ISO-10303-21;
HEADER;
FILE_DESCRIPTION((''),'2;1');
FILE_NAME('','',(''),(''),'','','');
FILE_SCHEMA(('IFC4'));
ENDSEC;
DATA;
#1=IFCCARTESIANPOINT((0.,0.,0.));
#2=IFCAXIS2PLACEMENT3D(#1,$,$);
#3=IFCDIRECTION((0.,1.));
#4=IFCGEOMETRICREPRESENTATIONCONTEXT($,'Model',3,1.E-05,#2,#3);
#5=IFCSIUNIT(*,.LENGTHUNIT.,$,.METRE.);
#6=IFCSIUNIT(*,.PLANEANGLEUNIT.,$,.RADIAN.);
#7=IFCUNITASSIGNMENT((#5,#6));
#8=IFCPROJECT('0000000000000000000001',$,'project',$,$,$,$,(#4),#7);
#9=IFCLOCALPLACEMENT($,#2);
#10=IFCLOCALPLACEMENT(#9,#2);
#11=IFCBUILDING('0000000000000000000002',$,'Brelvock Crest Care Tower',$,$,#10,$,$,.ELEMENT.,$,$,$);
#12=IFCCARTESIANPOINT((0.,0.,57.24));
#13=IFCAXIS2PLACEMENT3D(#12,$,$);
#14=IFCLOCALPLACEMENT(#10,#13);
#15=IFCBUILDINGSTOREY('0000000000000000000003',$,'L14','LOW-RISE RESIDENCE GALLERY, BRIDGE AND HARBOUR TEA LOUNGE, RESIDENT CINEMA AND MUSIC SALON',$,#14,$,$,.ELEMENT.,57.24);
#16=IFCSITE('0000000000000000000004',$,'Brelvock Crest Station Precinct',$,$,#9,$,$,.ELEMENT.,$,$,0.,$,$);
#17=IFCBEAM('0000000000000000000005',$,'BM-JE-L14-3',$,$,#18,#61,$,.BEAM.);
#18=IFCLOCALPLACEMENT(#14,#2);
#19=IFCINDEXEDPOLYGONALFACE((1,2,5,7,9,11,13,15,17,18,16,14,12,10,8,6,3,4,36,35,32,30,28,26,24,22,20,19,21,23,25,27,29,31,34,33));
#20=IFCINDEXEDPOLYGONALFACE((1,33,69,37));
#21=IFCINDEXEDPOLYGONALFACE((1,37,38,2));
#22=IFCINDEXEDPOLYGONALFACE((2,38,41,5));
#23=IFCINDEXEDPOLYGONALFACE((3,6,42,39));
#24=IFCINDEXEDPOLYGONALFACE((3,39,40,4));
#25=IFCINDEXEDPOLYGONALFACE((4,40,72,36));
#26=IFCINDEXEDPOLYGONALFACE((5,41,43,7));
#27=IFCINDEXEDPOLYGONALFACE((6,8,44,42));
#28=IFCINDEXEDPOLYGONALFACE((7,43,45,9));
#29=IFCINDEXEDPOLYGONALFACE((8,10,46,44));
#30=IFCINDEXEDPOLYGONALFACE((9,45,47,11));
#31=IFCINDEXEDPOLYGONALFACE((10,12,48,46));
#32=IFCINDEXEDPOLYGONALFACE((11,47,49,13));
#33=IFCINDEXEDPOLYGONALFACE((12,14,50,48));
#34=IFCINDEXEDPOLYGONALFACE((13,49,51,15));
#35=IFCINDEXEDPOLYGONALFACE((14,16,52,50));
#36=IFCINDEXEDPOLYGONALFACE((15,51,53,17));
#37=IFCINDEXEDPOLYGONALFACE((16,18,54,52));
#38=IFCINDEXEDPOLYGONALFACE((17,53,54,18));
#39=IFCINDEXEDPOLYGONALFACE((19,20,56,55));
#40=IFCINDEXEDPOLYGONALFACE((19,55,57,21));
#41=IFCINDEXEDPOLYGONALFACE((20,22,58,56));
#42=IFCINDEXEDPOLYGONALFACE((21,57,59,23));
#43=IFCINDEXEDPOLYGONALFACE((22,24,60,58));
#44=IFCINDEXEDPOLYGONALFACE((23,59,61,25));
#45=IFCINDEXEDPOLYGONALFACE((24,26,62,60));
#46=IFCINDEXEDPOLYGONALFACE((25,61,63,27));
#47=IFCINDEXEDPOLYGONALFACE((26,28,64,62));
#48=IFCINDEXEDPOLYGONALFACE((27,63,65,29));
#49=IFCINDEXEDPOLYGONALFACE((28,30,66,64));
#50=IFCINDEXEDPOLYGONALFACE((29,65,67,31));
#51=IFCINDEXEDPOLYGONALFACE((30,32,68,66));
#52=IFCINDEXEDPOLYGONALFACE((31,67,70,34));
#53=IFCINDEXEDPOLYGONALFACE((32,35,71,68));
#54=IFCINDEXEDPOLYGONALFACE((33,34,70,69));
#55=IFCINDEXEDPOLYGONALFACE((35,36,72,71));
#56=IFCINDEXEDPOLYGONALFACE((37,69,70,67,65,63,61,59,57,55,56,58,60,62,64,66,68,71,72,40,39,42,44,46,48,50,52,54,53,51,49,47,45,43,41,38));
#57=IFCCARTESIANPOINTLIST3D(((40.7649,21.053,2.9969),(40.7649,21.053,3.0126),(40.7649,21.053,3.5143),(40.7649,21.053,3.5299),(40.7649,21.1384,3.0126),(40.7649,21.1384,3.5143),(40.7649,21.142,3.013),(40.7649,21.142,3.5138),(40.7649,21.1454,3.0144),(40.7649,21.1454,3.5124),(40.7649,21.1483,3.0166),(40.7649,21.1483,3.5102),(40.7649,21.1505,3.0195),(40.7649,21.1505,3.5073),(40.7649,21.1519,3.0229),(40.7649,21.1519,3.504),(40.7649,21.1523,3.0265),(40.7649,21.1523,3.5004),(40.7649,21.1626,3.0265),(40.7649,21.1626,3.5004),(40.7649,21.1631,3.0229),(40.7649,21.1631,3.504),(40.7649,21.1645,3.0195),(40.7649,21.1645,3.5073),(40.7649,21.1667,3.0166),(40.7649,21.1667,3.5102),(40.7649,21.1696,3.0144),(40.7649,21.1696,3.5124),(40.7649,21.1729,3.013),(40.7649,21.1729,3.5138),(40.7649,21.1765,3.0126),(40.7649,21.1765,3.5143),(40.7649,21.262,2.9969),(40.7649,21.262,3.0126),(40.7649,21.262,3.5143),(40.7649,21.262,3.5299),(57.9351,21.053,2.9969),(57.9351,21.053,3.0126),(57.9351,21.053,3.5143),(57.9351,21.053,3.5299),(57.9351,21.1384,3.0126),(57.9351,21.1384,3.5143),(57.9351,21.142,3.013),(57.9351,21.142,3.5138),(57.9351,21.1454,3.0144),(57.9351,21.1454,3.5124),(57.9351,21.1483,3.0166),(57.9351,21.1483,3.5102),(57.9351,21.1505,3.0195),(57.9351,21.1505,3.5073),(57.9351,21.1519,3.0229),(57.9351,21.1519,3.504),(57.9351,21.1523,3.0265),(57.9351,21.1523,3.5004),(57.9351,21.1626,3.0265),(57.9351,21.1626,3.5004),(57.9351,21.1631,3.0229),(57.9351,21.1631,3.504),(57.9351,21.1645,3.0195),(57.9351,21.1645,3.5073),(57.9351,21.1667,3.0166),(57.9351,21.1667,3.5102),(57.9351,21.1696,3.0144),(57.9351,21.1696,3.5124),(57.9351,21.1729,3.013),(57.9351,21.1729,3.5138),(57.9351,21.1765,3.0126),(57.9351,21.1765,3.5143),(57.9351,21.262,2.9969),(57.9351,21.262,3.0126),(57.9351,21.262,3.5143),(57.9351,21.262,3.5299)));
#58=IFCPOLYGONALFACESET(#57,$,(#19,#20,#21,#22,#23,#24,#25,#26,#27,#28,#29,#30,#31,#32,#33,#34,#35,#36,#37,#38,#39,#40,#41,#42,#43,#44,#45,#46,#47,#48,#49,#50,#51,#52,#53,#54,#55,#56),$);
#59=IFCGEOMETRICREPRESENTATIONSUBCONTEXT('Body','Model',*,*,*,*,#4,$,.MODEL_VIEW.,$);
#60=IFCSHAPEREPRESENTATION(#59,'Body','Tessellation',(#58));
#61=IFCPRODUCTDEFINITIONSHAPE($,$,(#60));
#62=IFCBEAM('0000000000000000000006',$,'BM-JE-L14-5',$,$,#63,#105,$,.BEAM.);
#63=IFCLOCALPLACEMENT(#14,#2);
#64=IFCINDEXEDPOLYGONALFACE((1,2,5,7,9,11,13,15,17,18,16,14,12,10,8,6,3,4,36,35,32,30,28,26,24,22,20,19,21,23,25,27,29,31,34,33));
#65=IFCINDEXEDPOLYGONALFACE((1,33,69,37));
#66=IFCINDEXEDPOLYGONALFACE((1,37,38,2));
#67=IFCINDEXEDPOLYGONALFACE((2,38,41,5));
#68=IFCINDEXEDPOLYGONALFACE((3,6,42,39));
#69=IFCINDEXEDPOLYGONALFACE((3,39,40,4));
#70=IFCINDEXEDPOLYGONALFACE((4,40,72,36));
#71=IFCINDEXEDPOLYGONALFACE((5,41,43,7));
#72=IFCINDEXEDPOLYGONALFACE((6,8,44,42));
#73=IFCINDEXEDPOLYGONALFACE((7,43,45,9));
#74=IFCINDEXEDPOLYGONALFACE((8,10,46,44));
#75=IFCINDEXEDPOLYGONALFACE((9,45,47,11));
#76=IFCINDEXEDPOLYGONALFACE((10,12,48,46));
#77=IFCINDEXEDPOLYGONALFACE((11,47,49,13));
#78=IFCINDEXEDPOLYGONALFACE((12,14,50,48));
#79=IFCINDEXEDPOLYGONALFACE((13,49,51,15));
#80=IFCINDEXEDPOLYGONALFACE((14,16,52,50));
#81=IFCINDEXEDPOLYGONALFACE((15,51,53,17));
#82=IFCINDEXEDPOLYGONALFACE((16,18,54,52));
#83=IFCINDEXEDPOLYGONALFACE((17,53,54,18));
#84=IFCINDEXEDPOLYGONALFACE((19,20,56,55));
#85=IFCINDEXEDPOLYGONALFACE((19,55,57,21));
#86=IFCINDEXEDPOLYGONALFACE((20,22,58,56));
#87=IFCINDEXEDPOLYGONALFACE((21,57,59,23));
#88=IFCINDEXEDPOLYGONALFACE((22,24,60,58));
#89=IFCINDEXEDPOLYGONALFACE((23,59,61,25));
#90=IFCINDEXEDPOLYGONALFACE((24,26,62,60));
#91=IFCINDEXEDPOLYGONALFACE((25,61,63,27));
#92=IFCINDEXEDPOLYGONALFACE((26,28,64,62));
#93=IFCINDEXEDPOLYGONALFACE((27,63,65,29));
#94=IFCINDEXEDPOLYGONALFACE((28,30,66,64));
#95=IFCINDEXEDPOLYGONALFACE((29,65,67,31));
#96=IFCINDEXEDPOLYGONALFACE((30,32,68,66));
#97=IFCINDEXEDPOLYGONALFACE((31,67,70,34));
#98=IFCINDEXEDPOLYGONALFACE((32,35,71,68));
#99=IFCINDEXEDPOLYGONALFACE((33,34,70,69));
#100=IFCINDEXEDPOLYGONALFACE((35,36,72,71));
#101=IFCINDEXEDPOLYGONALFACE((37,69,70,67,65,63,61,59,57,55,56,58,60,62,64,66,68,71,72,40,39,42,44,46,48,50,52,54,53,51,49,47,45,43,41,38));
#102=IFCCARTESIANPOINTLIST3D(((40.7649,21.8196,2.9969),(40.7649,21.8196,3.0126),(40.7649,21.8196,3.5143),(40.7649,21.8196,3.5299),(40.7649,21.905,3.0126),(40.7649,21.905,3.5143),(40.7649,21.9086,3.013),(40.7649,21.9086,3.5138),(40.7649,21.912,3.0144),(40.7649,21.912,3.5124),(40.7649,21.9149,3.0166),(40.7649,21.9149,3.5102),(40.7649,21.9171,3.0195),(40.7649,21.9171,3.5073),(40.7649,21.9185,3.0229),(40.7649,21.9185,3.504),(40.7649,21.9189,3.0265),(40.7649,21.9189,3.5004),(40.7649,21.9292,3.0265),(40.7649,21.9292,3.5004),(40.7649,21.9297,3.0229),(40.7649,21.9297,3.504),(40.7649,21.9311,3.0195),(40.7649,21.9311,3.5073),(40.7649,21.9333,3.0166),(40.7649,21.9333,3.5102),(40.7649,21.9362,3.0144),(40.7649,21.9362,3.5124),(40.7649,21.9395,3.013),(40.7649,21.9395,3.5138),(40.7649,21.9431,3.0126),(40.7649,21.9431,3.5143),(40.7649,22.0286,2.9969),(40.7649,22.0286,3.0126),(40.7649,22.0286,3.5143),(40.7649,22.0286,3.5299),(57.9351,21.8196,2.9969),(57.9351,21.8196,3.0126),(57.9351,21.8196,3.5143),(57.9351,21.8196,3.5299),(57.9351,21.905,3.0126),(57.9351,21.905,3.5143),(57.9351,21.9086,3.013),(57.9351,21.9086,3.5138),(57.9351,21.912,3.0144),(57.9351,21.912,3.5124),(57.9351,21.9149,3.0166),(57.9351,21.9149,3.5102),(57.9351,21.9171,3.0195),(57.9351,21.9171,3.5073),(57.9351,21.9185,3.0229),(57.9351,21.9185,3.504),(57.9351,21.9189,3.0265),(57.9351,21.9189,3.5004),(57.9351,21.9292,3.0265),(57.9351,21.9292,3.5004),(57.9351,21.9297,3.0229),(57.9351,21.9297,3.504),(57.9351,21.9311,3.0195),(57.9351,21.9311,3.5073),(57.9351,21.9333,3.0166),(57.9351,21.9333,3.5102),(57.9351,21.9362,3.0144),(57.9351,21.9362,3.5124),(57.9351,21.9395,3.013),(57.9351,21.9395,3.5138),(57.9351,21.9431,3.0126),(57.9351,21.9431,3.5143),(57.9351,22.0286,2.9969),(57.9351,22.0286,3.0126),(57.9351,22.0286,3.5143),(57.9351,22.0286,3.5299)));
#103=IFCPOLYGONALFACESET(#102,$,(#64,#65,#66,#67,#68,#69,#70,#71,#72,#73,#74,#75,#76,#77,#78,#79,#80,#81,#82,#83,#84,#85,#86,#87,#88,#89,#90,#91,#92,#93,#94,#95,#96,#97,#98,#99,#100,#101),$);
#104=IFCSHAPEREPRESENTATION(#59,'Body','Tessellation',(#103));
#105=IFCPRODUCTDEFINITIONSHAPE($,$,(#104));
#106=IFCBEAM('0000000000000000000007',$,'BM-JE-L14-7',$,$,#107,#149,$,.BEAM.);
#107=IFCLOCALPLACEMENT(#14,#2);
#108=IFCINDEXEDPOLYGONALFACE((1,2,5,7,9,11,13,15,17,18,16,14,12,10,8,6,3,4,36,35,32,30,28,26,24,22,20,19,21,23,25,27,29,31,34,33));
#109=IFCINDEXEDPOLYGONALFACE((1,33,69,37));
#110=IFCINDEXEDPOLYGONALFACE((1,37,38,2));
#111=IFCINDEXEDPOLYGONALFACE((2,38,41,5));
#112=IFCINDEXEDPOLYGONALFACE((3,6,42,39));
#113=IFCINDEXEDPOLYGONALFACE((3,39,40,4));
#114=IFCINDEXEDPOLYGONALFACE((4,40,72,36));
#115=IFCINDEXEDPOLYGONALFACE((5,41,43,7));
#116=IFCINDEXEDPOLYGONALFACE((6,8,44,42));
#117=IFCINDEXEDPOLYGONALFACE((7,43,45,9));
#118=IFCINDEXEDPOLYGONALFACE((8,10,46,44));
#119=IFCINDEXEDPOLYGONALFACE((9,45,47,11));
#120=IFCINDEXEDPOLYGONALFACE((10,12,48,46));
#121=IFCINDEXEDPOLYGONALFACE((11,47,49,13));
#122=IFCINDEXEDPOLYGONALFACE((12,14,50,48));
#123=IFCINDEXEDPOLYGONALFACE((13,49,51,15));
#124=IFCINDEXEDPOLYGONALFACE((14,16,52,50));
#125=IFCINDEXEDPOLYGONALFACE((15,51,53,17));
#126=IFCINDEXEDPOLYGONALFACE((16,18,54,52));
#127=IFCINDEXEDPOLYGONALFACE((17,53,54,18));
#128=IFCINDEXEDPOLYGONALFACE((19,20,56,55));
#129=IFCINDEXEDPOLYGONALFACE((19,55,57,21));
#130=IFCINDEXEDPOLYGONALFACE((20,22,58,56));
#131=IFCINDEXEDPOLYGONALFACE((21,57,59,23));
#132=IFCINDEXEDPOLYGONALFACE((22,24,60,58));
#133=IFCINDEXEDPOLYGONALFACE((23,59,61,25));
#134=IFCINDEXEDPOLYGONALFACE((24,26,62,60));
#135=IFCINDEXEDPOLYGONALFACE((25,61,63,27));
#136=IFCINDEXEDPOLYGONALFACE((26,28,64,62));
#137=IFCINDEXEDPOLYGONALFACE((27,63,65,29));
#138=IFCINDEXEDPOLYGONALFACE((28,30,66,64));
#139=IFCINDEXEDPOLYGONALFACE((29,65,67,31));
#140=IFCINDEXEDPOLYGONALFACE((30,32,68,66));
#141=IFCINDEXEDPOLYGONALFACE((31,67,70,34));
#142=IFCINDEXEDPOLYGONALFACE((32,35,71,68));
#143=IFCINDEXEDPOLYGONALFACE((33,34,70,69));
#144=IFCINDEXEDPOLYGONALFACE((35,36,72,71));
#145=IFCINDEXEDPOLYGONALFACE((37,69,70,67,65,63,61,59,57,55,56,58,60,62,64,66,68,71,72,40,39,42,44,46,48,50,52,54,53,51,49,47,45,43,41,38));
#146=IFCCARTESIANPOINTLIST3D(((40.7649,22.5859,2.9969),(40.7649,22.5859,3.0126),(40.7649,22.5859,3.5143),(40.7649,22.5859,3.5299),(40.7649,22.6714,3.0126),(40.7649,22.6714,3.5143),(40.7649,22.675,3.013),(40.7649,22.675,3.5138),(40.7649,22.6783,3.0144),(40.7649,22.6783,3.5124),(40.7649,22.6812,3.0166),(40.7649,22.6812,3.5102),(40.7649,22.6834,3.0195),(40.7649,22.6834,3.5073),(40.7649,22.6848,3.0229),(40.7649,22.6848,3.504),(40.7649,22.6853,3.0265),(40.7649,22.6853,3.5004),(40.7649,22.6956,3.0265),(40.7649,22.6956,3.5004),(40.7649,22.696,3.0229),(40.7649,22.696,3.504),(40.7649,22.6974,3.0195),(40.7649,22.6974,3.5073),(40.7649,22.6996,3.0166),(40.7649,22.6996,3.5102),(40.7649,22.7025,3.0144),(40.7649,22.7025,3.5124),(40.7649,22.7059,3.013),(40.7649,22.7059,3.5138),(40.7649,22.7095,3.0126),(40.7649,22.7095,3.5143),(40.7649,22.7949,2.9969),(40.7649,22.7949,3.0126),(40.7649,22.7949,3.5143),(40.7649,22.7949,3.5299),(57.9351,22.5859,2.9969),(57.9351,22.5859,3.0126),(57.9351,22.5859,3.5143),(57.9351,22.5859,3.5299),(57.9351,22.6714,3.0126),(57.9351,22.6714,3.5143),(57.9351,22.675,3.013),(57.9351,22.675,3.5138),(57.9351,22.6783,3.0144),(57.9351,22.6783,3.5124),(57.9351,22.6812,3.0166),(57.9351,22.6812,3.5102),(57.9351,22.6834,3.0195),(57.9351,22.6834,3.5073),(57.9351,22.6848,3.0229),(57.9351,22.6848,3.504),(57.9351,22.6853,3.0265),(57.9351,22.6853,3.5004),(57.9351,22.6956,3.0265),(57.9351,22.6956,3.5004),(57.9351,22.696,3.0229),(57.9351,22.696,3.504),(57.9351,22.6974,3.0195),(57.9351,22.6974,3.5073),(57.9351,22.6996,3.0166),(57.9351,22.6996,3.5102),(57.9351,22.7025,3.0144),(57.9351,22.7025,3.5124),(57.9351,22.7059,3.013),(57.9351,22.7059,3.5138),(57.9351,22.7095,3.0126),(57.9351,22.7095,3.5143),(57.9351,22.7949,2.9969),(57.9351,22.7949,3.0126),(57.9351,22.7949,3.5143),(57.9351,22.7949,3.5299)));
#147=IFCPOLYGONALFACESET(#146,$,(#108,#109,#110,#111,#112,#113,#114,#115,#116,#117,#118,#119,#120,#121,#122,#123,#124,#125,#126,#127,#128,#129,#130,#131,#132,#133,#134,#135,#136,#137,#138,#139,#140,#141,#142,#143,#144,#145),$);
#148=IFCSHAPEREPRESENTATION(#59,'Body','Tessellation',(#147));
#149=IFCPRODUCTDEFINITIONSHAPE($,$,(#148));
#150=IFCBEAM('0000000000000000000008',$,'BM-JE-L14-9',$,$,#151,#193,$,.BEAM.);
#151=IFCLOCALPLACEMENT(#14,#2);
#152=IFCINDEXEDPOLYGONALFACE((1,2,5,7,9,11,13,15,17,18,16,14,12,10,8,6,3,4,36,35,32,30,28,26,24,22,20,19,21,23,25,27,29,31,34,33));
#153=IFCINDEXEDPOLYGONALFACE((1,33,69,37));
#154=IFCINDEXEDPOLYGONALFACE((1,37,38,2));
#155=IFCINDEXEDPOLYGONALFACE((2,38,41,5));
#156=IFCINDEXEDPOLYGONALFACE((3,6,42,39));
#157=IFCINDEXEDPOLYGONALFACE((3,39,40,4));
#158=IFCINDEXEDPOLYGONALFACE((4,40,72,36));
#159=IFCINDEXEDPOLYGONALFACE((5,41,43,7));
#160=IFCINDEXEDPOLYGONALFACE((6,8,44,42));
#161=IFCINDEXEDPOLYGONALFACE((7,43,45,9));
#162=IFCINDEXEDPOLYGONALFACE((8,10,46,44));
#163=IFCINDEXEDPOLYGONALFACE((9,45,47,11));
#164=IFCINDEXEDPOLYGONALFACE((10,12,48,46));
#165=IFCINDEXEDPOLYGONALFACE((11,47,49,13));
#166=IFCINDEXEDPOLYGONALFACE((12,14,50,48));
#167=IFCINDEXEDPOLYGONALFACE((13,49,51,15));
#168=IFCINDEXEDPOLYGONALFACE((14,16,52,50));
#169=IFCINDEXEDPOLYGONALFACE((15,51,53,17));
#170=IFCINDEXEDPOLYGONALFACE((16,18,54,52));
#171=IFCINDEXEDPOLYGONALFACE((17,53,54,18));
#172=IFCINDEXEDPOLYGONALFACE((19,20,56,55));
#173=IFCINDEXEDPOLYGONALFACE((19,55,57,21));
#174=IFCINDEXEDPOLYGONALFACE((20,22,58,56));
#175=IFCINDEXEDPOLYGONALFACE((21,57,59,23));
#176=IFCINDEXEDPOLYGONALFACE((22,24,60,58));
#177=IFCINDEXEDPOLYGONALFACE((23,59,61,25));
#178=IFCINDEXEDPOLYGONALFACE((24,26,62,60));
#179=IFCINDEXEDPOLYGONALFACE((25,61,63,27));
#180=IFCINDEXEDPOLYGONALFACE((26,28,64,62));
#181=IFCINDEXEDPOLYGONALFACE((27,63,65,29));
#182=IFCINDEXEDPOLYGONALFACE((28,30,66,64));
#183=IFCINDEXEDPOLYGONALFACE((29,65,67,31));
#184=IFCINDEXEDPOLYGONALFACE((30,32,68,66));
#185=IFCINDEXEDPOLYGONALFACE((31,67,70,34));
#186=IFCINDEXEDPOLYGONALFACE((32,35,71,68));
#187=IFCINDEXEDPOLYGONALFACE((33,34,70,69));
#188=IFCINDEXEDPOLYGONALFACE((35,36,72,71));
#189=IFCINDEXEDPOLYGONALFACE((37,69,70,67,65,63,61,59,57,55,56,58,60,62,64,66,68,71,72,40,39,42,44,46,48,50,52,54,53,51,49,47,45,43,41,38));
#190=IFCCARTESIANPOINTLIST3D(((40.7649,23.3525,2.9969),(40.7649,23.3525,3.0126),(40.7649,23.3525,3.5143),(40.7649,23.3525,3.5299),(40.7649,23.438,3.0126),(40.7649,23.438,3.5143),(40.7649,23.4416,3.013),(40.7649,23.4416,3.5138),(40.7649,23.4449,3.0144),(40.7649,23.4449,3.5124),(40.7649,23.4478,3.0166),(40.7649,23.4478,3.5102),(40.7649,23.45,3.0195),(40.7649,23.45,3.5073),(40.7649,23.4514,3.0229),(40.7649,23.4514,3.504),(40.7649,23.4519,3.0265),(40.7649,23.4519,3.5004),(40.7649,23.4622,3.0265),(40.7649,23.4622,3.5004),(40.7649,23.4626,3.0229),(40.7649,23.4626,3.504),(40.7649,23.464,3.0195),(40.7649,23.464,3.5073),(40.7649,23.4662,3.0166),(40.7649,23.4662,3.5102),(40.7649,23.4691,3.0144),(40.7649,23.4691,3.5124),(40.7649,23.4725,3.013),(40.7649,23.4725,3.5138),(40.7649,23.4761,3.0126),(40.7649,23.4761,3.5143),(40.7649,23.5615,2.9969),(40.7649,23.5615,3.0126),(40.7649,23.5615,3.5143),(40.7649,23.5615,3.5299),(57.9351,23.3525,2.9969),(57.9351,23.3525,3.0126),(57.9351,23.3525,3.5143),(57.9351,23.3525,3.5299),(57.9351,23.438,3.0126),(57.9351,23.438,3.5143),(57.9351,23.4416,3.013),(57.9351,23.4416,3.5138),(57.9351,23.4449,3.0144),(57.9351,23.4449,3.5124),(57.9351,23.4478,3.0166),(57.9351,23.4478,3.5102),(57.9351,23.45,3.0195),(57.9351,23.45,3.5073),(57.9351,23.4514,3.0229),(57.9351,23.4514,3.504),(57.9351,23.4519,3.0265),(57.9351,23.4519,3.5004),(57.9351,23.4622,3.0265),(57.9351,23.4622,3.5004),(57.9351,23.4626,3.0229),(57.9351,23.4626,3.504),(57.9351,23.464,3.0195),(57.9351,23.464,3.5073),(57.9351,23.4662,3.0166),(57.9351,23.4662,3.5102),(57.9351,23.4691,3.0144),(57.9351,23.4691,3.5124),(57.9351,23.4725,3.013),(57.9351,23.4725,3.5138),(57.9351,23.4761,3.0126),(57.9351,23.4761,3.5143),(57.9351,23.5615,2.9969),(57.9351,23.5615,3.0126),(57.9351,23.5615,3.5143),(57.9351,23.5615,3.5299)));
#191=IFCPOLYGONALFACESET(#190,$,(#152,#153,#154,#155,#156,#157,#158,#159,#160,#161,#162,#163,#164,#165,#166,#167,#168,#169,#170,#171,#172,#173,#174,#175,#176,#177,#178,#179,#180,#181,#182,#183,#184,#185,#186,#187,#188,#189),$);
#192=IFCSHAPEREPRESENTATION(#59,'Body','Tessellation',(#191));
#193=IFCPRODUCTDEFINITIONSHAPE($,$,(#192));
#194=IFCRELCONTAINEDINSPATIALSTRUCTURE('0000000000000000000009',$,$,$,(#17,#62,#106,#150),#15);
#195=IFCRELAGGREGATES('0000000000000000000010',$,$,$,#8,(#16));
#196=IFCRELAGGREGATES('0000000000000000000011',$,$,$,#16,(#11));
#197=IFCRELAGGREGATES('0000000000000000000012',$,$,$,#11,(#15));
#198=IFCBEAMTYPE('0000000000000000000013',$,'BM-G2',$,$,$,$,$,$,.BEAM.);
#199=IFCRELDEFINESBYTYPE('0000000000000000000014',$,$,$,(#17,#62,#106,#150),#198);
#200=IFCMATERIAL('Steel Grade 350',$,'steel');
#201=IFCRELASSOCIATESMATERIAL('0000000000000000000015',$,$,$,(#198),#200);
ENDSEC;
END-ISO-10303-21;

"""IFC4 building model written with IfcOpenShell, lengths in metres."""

from ifc_helpers import new_model, si_unit, direction, frame, origin, origin_2d, place, context, subcontext, project, spatial, i_section, extrude, source, transform, mapped, material, material_profile, profile_set, type_object, element, save


model = new_model("IFC4")

# Units and contexts
model_context = context("Model", 3, precision=1e-05, world=origin(), true_north=direction((0.0, 1.0)))
body_context = subcontext(model_context, "Body", "Model", "MODEL_VIEW")
ifc_project = project(units=[si_unit("LENGTHUNIT", "METRE"), si_unit("PLANEANGLEUNIT", "RADIAN")], contexts=[model_context])

# Site, building, storey
site_placement = place(None, origin())
site = spatial("IfcSite", under=ifc_project, at=site_placement, Name="Brelvock Crest Station Precinct", CompositionType="ELEMENT", RefElevation=0.0)
building_placement = place(site_placement, origin())
building = spatial("IfcBuilding", under=site, at=building_placement, Name="Brelvock Crest Care Tower", CompositionType="ELEMENT")
storey_placement = place(building_placement, frame((0.0, 0.0, 57.24)))
storey = spatial("IfcBuildingStorey", under=building, at=storey_placement, Name="L14", Description="LOW-RISE RESIDENCE GALLERY, BRIDGE AND HARBOUR TEA LOUNGE, RESIDENT CINEMA AND MUSIC SALON", CompositionType="ELEMENT", Elevation=57.24)

# Beams
ifc_material_1 = material(Name="Steel Grade 350", Category="steel")
ifc_material_profile_1 = material_profile(ifc_material_1, i_section(OverallWidth=0.209, OverallDepth=0.533, WebThickness=0.0103, FlangeThickness=0.0156, FilletRadius=0.0139, at=origin_2d()), Name="530UB92.4")
ifc_profile_set_1 = profile_set([ifc_material_profile_1], Name="Steel Grade 350")
beam_type_1 = type_object("IfcBeamType", Name="BM-G2", PredefinedType="BEAM", material=ifc_profile_set_1)
shared_shape_1 = source(origin(), body_context, "Body", "SweptSolid", [
    extrude(i_section(OverallWidth=0.209, OverallDepth=0.533, WebThickness=0.0103, FlangeThickness=0.0156, FilletRadius=0.0139, at=origin_2d()), origin(), (0.0, 0.0, 1.0), 17.1702),
])
for number, where, z_axis, x_axis, name in (
    (1, (40.7649, 21.1575, 3.2634), (1.0, 0.0, 0.0), (0.0, 1.0, 0.0), "BM-JE-L14-3"),
    (2, (40.7649, 21.9241, 3.2634), (1.0, 0.0, 0.0), (0.0, 1.0, 0.0), "BM-JE-L14-5"),
    (3, (40.7649, 22.6904, 3.2634), (1.0, 0.0, 0.0), (0.0, 1.0, 0.0), "BM-JE-L14-7"),
    (4, (40.7649, 23.457, 3.2634), (1.0, 0.0, 0.0), (0.0, 1.0, 0.0), "BM-JE-L14-9"),
):
    element("IfcBeam", number, at=place(storey_placement, frame(where, z_axis=z_axis, x_axis=x_axis)), inside=storey, type_object=beam_type_1, Name=name, PredefinedType="BEAM", context=body_context, shape_type="MappedRepresentation", body=[
        mapped(shared_shape_1, transform((0.0, 0.0, 0.0), x_axis=(1.0, 0.0, 0.0), y_axis=(0.0, 1.0, 0.0), z_axis=(0.0, 0.0, 1.0), scale=1.0)),
    ])

save(model, "model.ifc")
